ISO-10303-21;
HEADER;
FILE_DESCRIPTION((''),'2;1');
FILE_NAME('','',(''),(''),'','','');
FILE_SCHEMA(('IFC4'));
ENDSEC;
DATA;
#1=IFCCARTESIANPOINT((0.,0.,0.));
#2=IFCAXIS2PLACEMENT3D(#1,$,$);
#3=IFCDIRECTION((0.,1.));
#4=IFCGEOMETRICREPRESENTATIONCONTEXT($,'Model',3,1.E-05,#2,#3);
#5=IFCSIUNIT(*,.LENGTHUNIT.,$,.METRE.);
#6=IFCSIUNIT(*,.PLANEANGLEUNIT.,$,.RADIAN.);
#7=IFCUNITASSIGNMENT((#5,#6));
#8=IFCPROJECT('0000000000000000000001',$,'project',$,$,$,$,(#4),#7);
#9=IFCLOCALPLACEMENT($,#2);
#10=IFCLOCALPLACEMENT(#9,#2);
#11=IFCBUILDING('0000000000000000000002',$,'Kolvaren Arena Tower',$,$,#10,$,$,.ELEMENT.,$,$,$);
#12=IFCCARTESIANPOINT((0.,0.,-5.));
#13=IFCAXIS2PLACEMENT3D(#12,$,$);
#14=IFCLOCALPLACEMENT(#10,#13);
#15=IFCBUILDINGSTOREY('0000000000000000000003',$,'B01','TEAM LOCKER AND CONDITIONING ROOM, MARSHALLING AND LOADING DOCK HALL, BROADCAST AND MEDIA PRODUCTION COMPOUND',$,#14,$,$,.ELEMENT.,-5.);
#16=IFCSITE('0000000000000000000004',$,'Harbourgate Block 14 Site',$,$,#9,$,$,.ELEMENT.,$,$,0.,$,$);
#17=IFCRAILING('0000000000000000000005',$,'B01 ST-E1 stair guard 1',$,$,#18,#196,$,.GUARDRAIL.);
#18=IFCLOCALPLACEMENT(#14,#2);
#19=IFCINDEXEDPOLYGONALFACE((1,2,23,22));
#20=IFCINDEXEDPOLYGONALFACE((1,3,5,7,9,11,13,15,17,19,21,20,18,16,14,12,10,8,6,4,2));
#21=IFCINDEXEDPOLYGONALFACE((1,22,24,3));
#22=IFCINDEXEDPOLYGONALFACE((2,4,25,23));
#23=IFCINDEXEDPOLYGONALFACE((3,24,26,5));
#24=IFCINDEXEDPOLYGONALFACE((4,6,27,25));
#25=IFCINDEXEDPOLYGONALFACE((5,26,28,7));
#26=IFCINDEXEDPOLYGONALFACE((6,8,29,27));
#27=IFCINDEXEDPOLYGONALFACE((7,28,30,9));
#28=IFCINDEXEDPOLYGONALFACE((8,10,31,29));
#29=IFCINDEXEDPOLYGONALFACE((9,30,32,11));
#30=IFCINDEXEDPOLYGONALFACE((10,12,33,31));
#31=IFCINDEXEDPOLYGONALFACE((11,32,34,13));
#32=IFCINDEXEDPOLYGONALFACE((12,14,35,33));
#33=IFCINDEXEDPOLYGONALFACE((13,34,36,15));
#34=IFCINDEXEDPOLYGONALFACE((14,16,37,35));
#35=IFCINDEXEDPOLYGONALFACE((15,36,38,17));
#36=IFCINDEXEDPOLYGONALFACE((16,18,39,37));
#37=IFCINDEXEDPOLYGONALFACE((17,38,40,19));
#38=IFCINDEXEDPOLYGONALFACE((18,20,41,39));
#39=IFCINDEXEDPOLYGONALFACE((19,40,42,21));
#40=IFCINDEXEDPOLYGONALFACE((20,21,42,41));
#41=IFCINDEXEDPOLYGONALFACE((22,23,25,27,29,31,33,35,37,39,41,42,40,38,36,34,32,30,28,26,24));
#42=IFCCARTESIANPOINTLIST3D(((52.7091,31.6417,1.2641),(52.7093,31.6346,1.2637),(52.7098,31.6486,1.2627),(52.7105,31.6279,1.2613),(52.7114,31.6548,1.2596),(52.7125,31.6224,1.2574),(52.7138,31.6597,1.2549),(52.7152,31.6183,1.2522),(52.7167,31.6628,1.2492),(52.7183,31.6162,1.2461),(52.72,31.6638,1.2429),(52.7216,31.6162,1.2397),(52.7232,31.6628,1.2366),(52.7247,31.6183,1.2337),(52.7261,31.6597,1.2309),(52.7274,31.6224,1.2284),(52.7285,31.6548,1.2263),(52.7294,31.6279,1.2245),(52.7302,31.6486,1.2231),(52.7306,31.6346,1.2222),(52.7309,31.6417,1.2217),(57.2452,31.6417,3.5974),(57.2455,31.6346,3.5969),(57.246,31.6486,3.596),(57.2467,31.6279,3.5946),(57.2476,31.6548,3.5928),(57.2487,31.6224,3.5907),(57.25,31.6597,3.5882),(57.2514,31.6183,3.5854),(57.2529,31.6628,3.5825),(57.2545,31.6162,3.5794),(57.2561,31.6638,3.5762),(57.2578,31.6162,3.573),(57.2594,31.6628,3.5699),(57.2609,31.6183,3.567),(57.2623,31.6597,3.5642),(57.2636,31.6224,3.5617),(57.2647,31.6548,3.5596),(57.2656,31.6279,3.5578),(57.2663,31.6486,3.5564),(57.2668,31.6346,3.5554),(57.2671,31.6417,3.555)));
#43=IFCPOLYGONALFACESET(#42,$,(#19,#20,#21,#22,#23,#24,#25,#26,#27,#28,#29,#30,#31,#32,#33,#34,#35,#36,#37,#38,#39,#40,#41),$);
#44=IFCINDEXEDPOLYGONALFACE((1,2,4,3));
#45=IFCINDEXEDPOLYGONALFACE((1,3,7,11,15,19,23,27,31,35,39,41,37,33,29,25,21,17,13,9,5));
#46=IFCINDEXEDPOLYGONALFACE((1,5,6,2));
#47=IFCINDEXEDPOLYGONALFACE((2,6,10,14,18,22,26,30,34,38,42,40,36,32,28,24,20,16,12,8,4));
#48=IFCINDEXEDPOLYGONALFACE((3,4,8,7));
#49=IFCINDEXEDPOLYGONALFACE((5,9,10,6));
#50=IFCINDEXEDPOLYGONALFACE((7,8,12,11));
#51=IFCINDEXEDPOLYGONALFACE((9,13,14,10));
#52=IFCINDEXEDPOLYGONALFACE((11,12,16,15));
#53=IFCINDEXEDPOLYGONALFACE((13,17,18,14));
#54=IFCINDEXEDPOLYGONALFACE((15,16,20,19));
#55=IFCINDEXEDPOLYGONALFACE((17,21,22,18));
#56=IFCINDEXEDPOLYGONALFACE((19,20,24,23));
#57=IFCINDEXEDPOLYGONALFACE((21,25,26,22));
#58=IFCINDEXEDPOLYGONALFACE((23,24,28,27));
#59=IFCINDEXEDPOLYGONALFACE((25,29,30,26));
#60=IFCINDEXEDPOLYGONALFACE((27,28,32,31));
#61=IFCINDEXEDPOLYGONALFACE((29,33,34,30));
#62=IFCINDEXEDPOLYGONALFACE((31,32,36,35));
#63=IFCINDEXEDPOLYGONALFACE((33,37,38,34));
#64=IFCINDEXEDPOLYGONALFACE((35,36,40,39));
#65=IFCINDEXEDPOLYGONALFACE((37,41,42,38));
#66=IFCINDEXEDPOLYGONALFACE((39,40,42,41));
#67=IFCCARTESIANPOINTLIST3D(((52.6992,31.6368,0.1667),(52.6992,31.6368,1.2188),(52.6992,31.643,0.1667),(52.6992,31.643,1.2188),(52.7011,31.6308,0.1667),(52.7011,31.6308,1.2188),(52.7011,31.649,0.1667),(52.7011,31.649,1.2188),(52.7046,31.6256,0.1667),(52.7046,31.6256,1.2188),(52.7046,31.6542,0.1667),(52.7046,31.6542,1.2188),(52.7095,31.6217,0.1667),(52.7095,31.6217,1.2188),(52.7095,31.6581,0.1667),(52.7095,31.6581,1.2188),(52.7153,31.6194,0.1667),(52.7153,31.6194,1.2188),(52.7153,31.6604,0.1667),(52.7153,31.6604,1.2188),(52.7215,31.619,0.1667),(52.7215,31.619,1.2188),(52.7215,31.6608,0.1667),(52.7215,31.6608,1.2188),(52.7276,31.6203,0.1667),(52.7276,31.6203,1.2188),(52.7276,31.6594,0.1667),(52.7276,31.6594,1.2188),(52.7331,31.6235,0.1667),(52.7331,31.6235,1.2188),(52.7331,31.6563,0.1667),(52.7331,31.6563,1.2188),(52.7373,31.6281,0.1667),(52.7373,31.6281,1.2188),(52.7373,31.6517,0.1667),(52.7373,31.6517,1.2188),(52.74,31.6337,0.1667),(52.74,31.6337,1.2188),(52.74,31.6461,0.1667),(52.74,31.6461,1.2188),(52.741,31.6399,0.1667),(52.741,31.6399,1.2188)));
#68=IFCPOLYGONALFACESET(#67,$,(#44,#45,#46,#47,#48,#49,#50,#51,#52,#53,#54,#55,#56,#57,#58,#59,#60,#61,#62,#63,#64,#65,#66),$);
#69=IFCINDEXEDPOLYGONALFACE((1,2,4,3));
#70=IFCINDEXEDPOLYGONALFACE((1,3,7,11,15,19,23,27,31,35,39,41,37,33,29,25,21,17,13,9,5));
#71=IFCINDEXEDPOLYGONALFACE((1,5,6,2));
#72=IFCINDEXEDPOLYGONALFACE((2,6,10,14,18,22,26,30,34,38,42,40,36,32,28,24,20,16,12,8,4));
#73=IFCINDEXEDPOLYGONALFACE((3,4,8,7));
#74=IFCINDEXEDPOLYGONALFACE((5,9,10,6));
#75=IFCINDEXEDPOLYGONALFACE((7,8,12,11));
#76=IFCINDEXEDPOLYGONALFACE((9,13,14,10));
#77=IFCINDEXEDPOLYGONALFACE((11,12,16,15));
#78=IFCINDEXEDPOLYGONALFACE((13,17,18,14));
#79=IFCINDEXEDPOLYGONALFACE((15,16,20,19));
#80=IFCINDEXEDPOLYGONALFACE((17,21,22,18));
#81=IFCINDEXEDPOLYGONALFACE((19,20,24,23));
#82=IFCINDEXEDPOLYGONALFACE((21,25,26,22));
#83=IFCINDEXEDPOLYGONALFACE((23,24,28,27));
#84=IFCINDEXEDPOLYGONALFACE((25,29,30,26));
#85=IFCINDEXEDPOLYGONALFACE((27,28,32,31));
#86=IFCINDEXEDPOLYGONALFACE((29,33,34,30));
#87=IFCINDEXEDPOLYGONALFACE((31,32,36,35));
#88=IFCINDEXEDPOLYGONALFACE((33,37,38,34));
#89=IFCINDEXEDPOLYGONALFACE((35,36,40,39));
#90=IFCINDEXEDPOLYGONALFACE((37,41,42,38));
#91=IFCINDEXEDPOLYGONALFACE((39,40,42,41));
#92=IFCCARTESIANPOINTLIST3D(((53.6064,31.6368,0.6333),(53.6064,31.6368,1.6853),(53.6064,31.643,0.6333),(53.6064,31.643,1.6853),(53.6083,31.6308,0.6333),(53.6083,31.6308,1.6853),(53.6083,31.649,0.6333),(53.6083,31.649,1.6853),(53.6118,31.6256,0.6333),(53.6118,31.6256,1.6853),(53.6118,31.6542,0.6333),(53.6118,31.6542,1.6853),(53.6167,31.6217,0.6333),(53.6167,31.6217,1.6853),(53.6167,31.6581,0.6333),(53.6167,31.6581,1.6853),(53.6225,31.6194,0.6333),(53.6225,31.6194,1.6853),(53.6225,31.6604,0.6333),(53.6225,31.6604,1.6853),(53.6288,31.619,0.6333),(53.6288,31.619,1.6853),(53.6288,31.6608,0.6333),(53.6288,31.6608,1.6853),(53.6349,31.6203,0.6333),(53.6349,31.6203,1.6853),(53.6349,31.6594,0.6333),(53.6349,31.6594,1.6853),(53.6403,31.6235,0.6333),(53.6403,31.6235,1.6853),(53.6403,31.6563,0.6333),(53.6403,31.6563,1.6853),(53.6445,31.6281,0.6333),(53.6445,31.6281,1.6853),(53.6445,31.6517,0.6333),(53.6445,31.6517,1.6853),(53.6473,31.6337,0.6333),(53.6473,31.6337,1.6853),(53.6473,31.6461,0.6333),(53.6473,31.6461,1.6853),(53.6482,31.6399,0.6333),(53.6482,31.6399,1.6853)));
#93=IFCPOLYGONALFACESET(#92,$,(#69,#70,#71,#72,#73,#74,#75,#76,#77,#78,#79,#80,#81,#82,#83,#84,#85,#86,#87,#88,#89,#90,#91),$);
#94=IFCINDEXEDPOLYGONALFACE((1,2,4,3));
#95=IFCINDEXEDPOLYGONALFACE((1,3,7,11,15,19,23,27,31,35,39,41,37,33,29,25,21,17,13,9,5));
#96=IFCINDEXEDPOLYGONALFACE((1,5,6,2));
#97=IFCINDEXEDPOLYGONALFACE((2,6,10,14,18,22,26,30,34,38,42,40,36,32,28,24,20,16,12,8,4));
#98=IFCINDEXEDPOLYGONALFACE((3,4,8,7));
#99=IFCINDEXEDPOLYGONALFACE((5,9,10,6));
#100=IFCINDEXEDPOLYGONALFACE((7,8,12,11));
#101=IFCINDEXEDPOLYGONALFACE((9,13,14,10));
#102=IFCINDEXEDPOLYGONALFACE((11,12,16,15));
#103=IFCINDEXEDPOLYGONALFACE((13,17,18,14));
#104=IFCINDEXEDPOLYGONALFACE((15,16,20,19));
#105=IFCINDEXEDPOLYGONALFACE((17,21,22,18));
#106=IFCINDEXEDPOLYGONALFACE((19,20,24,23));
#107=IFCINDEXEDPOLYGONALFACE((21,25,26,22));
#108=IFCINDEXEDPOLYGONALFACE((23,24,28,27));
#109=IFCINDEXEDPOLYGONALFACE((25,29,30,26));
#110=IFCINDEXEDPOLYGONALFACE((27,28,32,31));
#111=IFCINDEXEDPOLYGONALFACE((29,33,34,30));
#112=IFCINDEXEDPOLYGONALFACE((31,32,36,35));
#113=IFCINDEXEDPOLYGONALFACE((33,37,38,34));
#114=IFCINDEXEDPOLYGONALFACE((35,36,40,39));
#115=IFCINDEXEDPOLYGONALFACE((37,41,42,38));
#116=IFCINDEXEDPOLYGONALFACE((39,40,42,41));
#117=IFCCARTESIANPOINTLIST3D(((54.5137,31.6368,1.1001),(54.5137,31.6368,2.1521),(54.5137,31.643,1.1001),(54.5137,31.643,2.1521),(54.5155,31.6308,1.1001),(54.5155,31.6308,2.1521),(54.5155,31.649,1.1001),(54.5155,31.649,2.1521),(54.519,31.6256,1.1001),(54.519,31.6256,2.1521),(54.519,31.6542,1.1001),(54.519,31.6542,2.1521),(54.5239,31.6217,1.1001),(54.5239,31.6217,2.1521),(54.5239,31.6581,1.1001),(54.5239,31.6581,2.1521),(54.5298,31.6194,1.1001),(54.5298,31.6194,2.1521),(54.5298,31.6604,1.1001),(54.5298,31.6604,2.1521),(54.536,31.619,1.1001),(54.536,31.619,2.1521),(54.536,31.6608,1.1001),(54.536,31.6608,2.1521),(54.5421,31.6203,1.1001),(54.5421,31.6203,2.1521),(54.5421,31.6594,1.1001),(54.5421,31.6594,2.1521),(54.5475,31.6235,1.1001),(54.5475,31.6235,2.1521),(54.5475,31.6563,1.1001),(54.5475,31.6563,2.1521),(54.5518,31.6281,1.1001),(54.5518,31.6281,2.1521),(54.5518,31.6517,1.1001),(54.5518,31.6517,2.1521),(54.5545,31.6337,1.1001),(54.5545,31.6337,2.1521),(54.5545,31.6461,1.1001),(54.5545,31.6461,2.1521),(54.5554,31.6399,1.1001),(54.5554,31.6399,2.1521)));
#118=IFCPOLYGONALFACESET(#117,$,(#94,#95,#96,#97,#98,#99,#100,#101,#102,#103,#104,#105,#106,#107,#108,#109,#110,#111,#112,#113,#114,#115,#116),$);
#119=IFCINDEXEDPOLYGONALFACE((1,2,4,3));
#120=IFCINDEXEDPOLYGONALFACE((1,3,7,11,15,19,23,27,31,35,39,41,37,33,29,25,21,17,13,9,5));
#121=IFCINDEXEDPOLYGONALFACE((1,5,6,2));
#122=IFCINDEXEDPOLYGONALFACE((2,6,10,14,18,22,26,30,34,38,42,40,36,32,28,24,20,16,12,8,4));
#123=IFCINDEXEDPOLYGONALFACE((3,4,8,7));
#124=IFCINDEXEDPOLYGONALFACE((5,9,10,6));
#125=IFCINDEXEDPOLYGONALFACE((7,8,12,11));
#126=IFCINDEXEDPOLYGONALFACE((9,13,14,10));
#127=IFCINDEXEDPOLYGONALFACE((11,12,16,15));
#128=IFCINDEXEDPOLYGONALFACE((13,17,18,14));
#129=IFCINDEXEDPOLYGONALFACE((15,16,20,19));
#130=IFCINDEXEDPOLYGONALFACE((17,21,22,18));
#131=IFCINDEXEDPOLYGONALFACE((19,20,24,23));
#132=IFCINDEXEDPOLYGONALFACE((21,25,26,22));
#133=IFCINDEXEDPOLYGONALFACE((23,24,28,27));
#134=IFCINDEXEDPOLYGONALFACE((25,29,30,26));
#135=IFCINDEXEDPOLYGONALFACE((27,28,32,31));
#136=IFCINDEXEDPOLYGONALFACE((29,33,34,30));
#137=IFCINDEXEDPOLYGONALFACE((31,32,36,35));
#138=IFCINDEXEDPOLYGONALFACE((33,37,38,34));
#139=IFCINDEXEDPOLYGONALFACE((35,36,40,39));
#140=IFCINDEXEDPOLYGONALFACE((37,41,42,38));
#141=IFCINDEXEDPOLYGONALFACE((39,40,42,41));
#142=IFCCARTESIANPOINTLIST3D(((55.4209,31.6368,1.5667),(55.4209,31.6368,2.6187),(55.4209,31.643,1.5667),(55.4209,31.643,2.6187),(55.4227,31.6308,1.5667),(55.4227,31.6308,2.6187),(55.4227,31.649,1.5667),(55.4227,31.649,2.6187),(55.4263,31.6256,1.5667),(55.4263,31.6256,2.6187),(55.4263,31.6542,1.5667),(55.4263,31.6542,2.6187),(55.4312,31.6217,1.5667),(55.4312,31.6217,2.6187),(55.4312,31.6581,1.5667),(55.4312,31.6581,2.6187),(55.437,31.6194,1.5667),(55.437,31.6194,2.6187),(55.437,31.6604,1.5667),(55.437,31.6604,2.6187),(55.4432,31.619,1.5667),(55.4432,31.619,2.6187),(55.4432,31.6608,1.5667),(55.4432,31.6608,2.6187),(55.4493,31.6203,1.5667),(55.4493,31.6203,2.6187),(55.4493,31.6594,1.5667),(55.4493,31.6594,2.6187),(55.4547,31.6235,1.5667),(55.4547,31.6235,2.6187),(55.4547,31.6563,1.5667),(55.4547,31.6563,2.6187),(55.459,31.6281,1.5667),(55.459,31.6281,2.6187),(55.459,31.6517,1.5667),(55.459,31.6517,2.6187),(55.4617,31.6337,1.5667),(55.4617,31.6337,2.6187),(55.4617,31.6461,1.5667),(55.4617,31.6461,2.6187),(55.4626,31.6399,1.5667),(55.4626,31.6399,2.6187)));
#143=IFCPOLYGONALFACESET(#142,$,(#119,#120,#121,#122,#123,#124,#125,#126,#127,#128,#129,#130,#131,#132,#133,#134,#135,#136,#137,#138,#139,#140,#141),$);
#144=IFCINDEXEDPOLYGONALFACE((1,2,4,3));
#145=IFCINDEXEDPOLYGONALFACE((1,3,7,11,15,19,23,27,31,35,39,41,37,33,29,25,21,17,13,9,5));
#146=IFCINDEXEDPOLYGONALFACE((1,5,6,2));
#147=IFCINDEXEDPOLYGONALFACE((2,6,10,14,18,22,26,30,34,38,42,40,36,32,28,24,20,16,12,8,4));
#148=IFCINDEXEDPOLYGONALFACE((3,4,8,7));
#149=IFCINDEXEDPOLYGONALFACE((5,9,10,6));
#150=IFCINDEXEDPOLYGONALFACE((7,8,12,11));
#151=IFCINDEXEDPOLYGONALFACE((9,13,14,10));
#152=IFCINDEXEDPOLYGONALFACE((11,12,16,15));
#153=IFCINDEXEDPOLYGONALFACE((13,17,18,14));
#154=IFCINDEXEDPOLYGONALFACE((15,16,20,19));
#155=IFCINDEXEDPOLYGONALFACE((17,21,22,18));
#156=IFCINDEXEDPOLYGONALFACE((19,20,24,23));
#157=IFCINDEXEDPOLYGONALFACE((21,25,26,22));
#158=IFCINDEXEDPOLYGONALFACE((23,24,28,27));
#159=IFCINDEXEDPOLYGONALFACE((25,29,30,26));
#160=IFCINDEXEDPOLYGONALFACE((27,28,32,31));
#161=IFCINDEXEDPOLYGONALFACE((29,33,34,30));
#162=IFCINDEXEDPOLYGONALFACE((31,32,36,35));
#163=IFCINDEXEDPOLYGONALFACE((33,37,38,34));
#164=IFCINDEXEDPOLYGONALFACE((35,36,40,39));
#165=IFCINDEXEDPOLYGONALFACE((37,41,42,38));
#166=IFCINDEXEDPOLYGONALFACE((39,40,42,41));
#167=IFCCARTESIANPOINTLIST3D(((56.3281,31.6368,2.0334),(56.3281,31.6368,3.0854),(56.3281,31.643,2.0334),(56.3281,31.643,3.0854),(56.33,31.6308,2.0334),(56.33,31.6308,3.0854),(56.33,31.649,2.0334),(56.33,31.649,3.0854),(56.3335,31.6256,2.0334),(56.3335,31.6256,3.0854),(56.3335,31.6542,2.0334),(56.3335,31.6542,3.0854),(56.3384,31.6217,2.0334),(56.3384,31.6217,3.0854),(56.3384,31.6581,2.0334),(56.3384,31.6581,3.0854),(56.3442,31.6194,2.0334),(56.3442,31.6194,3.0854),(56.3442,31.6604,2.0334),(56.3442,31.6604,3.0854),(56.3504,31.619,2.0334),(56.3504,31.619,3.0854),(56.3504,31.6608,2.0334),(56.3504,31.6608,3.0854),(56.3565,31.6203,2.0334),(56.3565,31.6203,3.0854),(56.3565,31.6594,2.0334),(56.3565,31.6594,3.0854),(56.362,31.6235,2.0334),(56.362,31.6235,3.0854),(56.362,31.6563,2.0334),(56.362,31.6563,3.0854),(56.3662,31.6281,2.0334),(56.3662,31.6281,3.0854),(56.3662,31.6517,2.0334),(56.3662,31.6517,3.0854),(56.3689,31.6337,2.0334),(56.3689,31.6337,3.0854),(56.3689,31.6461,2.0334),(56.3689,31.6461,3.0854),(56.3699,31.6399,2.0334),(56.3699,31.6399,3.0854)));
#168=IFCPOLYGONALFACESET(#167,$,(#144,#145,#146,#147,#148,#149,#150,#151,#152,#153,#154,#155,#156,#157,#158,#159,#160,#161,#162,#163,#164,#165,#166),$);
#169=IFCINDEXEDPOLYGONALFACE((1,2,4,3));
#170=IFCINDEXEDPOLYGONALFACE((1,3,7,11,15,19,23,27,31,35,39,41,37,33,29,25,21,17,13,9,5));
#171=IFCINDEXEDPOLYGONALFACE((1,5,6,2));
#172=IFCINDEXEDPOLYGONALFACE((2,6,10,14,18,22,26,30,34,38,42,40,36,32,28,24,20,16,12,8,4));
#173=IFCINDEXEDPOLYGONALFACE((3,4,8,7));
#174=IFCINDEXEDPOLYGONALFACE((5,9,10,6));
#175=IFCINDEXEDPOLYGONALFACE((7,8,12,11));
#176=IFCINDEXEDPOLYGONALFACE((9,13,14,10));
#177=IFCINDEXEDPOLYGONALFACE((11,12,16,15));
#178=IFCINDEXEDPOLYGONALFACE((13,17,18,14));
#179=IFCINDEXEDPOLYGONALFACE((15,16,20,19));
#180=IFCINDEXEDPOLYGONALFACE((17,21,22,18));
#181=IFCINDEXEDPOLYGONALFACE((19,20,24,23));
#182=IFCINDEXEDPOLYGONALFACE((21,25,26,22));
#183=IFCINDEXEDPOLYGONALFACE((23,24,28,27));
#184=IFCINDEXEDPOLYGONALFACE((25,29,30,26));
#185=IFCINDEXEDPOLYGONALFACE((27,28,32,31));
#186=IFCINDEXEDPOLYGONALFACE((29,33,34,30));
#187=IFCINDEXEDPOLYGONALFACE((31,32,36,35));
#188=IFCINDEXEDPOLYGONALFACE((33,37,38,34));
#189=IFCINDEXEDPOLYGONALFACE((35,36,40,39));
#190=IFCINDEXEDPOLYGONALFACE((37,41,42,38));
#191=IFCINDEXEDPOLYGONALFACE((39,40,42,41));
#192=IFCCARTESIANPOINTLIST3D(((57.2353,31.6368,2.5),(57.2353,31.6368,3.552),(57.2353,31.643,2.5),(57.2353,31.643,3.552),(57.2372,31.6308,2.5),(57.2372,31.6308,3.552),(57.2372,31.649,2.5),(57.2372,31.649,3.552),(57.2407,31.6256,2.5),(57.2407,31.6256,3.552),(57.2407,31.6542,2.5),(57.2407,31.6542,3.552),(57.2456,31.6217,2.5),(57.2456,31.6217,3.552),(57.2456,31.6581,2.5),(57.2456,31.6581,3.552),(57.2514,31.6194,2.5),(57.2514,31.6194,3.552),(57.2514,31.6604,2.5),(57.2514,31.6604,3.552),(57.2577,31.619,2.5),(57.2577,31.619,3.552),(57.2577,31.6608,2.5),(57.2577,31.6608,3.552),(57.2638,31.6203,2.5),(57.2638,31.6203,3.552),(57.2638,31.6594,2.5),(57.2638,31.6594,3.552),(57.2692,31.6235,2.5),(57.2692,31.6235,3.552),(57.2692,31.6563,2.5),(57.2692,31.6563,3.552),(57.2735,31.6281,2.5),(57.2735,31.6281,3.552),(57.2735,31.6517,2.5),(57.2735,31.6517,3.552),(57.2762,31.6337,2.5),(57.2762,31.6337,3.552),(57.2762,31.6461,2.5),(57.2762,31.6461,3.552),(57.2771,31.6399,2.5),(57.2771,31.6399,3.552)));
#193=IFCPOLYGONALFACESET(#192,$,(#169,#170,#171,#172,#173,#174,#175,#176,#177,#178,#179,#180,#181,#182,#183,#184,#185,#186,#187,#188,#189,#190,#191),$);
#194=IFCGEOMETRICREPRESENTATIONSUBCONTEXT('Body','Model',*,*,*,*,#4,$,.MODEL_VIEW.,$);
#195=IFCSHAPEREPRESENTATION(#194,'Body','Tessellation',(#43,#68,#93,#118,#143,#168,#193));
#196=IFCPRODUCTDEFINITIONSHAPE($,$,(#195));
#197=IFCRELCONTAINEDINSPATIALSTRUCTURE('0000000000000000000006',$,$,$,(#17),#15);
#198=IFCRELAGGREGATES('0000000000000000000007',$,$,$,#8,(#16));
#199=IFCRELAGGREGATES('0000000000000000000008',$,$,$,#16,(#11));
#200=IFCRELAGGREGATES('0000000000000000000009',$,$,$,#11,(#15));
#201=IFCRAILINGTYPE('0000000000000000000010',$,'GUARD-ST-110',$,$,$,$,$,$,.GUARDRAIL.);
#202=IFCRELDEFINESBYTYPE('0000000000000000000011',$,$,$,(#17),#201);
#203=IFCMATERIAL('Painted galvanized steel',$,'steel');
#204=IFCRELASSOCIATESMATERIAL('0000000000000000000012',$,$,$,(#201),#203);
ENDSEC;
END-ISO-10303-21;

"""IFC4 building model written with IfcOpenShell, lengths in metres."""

from ifc_helpers import new_model, si_unit, direction, frame, origin, origin_2d, place, context, subcontext, project, spatial, circle, extrude, material, type_object, element, save


model = new_model("IFC4")

# Units and contexts
model_context = context("Model", 3, precision=1e-05, world=origin(), true_north=direction((0.0, 1.0)))
body_context = subcontext(model_context, "Body", "Model", "MODEL_VIEW")
ifc_project = project(units=[si_unit("LENGTHUNIT", "METRE"), si_unit("PLANEANGLEUNIT", "RADIAN")], contexts=[model_context])

# Site, building, storey
site_placement = place(None, origin())
site = spatial("IfcSite", under=ifc_project, at=site_placement, Name="Harbourgate Block 14 Site", CompositionType="ELEMENT", RefElevation=0.0)
building_placement = place(site_placement, origin())
building = spatial("IfcBuilding", under=site, at=building_placement, Name="Kolvaren Arena Tower", CompositionType="ELEMENT")
storey_placement = place(building_placement, frame((0.0, 0.0, -5.0)))
storey = spatial("IfcBuildingStorey", under=building, at=storey_placement, Name="B01", Description="TEAM LOCKER AND CONDITIONING ROOM, MARSHALLING AND LOADING DOCK HALL, BROADCAST AND MEDIA PRODUCTION COMPOUND", CompositionType="ELEMENT", Elevation=-5.0)

# Railing
ifc_material_1 = material(Name="Painted galvanized steel", Category="steel")
railing_type_1 = type_object("IfcRailingType", Name="GUARD-ST-110", PredefinedType="GUARDRAIL", material=ifc_material_1)
railing_1_placement = place(storey_placement, frame((52.72, 31.6399, 0.1667)))
element("IfcRailing", 1, at=railing_1_placement, inside=storey, type_object=railing_type_1, Name="B01 ST-E1 stair guard 1", PredefinedType="GUARDRAIL", context=body_context, shape_type="SweptSolid", body=[
    extrude(circle(Radius=0.0239, at=origin_2d()), frame((0.0, 0.0, 1.0762), z_axis=(0.889257, 0.0, 0.457407), x_axis=(0.0, 1.0, 0.0)), (0.0, 0.0, 1.0), 5.1011),
    extrude(circle(Radius=0.021, at=origin_2d()), origin(), (0.0, 0.0, 1.0), 1.052),
    extrude(circle(Radius=0.021, at=origin_2d()), frame((0.9072, 0.0, 0.4666)), (0.0, 0.0, 1.0), 1.052),
    extrude(circle(Radius=0.021, at=origin_2d()), frame((1.8145, 0.0, 0.9333)), (0.0, 0.0, 1.0), 1.052),
    extrude(circle(Radius=0.021, at=origin_2d()), frame((2.7217, 0.0, 1.3999)), (0.0, 0.0, 1.0), 1.052),
    extrude(circle(Radius=0.021, at=origin_2d()), frame((3.6289, 0.0, 1.8667)), (0.0, 0.0, 1.0), 1.052),
    extrude(circle(Radius=0.021, at=origin_2d()), frame((4.5361, 0.0, 2.3333)), (0.0, 0.0, 1.0), 1.052),
])

save(model, "model.ifc")
